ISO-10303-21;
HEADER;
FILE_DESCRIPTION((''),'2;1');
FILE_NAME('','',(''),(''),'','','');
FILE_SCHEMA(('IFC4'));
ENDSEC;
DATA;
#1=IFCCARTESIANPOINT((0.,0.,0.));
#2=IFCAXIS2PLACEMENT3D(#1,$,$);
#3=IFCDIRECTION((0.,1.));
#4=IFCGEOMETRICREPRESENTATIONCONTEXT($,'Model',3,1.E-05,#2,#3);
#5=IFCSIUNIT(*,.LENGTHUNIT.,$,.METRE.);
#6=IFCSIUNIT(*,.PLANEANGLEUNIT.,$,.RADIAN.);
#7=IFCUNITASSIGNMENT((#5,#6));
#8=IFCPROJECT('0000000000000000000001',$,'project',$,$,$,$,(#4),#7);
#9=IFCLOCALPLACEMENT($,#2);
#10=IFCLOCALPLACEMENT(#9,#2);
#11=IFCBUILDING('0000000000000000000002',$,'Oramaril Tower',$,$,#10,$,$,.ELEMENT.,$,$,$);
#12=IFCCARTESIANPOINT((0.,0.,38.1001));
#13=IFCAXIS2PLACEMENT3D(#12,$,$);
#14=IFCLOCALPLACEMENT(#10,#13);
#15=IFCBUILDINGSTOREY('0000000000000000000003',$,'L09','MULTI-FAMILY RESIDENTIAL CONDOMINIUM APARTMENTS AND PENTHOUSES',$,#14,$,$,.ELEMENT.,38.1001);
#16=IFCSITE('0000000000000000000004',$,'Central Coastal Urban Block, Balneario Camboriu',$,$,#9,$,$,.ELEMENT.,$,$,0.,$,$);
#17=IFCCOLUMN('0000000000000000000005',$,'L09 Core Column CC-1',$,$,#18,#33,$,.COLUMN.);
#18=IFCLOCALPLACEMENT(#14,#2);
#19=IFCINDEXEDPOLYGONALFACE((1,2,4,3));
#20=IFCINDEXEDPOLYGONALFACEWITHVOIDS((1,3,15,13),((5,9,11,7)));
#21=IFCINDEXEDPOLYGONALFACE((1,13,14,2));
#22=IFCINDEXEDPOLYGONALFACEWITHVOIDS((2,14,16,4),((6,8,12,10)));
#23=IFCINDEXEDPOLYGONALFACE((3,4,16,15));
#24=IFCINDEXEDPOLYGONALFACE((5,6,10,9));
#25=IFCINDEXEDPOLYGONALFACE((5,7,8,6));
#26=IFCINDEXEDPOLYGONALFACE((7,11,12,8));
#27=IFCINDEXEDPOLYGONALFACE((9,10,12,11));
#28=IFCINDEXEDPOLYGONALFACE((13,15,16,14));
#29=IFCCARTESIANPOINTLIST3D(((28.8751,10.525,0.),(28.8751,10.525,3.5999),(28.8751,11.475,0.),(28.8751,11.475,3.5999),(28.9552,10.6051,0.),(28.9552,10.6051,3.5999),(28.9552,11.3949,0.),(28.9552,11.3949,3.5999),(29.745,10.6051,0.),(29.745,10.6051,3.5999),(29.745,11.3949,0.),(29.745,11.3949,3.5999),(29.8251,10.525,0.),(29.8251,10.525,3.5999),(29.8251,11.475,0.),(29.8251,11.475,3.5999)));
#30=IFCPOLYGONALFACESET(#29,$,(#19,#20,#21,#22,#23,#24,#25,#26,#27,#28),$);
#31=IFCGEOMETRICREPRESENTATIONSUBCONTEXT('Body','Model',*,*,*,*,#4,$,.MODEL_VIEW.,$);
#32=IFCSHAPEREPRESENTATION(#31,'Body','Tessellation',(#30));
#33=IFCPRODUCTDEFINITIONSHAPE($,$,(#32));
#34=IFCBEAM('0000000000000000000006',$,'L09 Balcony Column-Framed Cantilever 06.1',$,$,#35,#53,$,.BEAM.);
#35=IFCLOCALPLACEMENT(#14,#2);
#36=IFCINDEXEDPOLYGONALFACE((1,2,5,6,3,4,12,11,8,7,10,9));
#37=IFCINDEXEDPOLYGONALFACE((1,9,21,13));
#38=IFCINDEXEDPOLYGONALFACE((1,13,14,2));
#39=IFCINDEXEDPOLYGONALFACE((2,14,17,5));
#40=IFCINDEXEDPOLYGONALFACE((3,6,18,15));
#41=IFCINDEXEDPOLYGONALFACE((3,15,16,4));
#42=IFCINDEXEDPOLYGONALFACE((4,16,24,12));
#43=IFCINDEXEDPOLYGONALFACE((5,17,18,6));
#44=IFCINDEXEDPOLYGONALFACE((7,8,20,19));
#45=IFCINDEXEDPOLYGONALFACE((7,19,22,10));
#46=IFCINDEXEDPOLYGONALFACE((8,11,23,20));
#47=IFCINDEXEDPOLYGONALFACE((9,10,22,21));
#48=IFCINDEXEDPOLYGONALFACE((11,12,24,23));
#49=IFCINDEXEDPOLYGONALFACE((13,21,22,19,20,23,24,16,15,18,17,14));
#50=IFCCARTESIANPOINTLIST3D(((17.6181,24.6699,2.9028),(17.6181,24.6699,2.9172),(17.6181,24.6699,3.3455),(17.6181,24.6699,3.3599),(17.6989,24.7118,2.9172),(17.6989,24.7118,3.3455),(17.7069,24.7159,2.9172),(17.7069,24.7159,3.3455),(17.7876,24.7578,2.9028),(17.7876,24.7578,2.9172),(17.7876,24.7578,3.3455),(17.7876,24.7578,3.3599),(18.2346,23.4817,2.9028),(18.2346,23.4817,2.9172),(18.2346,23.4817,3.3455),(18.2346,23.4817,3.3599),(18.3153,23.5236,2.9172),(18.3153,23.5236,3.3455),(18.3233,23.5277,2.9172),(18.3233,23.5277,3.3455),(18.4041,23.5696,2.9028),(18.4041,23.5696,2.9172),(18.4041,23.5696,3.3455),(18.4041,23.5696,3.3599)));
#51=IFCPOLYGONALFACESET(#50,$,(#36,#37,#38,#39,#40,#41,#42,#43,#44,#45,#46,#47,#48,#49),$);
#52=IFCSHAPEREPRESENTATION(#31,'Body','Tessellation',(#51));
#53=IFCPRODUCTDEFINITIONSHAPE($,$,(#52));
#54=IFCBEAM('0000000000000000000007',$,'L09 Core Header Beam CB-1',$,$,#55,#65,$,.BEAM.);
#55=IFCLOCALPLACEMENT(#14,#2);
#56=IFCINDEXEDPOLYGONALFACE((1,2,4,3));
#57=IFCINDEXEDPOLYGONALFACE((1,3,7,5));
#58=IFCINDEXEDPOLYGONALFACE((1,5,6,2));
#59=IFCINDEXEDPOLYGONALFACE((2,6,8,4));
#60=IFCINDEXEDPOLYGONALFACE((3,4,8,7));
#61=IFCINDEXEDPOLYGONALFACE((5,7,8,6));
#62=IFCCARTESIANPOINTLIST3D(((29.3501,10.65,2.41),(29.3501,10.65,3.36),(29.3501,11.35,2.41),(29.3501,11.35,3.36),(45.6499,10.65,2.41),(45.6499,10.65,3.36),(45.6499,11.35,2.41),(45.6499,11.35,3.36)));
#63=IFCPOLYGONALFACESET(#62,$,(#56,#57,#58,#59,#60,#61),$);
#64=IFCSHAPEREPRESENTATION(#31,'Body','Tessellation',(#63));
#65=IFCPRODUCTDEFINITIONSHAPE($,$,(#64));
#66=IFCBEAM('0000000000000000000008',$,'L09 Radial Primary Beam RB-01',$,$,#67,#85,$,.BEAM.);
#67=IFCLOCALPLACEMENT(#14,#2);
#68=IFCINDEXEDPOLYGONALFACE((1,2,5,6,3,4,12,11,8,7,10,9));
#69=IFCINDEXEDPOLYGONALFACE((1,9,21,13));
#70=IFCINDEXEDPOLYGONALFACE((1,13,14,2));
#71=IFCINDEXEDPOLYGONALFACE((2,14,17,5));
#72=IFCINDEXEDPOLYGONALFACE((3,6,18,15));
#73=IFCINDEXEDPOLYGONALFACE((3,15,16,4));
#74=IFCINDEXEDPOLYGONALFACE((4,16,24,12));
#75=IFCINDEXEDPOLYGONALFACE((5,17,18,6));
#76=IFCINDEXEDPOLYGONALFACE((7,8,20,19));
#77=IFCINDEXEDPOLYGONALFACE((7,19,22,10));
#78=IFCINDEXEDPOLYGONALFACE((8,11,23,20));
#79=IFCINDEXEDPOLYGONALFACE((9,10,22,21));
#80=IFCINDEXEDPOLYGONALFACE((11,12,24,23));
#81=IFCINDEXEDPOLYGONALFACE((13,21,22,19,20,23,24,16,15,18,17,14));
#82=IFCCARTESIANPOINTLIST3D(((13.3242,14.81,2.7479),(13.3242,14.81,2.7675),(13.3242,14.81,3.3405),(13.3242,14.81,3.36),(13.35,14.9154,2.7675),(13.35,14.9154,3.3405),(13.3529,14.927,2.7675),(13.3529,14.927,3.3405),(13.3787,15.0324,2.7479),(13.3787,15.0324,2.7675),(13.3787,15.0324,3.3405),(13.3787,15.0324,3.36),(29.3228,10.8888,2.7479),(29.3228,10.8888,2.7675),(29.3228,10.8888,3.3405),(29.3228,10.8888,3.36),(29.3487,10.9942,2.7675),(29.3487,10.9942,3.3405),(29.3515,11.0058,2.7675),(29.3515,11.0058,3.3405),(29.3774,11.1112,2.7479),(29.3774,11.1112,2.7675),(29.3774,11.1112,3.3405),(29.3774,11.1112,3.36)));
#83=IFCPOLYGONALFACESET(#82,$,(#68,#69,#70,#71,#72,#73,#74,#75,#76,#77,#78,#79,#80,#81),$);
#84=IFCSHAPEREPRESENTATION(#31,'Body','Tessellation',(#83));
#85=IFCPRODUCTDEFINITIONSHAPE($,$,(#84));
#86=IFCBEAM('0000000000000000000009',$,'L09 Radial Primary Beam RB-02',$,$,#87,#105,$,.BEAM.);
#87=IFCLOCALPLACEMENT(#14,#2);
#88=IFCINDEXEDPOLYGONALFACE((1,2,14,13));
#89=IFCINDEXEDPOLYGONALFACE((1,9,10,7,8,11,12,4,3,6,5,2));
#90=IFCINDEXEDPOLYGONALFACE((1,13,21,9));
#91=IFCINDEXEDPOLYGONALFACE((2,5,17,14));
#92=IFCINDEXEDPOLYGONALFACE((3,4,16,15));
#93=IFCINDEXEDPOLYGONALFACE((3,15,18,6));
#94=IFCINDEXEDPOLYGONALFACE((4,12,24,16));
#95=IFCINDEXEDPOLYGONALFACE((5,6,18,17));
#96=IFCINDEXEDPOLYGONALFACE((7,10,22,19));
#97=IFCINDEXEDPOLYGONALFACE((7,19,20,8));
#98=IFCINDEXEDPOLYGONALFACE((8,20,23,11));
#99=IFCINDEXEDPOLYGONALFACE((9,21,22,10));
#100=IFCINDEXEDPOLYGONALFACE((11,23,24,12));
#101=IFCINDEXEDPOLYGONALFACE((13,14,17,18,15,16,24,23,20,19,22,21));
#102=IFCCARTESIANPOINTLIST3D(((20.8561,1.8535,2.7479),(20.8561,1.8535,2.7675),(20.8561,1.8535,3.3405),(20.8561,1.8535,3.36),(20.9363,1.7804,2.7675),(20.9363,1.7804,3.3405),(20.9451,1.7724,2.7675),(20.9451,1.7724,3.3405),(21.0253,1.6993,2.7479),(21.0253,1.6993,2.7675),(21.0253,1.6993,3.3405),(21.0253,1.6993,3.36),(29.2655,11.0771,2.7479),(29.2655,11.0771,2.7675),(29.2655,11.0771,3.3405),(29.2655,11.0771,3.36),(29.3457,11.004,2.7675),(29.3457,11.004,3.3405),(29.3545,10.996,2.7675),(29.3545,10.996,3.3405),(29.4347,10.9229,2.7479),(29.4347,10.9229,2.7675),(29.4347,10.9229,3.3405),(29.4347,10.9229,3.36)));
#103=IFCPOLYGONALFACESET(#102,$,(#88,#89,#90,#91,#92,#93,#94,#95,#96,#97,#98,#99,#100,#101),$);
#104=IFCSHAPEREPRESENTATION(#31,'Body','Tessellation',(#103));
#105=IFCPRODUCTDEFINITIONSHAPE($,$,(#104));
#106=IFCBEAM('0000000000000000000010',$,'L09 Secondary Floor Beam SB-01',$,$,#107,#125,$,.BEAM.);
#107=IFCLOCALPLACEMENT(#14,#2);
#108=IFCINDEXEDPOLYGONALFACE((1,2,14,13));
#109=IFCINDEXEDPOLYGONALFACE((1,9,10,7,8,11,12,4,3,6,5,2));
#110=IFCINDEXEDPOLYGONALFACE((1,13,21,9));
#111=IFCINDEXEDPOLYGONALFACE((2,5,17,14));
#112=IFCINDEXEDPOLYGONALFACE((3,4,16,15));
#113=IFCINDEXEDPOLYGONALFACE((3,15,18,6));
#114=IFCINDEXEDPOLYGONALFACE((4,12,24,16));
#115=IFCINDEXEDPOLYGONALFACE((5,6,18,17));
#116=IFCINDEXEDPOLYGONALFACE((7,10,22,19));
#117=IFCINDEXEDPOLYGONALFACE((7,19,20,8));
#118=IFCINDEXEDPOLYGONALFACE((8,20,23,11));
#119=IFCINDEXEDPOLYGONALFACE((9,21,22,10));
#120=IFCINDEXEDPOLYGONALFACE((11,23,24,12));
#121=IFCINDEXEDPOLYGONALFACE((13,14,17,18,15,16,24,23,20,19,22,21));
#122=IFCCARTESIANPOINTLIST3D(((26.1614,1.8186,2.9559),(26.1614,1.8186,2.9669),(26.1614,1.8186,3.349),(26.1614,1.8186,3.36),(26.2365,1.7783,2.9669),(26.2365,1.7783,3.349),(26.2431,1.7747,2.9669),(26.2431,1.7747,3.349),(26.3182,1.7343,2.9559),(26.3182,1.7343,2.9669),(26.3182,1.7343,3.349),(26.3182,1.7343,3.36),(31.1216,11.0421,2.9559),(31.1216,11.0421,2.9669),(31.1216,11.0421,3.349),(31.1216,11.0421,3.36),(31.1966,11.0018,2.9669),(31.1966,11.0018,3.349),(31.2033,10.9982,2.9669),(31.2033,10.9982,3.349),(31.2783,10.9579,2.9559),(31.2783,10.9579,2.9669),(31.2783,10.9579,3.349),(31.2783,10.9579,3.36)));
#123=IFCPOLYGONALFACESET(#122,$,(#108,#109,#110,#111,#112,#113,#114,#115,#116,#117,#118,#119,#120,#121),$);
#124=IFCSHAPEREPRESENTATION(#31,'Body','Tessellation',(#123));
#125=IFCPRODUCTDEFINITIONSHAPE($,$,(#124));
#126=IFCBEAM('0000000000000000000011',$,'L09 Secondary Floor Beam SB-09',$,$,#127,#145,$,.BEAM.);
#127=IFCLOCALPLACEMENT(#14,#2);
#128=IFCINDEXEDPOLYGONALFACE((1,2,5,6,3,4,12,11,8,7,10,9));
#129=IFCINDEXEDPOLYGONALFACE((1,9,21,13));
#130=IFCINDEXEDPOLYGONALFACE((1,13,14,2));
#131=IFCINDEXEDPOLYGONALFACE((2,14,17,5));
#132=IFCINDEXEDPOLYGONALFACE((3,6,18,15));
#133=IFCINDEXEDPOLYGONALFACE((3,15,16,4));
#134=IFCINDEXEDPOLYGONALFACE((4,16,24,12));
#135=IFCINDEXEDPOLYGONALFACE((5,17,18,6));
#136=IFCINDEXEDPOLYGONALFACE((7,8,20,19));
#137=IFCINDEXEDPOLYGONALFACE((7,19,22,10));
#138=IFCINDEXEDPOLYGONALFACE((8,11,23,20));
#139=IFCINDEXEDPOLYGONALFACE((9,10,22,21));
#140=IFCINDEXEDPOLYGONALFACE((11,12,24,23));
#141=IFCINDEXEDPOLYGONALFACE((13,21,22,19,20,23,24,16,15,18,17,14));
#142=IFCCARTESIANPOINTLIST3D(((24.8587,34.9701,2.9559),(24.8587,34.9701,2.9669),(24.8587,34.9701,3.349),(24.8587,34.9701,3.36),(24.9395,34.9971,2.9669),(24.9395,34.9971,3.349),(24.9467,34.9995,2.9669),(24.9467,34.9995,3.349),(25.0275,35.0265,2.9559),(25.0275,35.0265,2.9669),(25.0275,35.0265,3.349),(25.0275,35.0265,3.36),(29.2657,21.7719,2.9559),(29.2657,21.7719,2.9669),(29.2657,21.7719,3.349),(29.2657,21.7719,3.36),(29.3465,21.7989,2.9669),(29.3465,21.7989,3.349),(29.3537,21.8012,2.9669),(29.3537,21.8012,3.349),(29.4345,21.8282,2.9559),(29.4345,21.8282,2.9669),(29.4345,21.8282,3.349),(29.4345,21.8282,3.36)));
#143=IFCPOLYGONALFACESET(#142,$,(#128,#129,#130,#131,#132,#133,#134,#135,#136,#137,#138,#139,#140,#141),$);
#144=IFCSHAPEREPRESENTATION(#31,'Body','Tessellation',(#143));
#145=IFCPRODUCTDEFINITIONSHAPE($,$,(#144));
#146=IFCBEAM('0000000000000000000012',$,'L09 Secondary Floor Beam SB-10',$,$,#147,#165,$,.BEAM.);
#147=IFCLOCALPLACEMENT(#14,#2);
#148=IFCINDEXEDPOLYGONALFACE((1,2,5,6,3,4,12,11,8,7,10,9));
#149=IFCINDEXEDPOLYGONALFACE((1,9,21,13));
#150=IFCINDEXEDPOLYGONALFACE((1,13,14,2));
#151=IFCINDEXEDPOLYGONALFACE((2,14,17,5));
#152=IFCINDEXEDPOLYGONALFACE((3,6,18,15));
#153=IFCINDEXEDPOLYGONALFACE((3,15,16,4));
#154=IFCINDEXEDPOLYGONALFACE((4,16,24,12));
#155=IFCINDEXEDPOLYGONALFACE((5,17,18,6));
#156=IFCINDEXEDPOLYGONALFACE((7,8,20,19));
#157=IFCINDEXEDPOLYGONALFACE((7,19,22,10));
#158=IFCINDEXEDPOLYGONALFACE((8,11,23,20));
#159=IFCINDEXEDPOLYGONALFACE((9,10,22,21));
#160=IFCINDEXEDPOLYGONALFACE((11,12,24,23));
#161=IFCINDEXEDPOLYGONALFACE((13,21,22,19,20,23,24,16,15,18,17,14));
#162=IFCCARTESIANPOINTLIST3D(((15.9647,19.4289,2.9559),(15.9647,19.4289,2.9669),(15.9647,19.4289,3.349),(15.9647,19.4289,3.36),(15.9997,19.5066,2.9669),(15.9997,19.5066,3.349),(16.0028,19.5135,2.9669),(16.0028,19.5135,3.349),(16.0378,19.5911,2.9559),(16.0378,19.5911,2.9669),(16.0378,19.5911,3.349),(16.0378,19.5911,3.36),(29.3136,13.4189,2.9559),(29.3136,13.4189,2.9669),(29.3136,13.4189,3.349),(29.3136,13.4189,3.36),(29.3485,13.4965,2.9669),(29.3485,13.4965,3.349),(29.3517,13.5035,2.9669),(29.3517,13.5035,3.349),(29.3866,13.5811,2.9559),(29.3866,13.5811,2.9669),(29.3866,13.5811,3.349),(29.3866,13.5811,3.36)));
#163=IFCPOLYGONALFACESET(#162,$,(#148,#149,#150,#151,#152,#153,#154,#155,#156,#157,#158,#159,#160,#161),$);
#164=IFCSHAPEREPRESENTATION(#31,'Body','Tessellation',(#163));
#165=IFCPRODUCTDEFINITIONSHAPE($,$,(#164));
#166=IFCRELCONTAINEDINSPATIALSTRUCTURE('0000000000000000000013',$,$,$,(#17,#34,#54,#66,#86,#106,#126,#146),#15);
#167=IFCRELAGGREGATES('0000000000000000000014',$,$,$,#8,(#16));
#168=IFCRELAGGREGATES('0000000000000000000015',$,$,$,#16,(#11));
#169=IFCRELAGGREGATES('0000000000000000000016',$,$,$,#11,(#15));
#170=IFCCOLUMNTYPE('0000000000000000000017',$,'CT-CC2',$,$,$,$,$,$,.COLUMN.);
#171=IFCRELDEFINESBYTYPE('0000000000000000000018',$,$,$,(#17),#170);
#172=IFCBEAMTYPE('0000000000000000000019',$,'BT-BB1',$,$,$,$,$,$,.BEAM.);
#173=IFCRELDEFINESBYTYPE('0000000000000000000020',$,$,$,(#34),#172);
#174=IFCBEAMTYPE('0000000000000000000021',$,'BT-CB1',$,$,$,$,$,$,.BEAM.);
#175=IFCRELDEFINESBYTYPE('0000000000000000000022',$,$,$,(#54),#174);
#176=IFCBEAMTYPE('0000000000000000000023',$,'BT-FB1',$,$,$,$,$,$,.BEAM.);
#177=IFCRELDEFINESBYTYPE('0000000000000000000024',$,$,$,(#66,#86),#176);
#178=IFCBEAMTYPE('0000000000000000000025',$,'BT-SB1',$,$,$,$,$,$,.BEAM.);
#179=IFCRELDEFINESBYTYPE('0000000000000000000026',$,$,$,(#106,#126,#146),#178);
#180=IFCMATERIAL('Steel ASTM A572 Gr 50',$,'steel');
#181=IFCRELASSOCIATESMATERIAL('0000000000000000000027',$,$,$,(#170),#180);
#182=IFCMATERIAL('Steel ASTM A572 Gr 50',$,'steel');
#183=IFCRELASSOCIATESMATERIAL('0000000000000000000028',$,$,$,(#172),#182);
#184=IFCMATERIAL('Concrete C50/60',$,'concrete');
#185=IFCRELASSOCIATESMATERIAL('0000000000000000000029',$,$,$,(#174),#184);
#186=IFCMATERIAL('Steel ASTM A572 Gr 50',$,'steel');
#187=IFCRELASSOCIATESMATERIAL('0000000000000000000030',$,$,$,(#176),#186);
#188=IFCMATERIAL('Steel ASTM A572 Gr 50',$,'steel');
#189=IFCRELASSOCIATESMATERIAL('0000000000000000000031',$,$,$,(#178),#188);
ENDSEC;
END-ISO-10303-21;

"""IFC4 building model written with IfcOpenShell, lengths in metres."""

from ifc_helpers import new_model, si_unit, direction, frame, origin, origin_2d, place, context, subcontext, project, spatial, rectangle, hollow_rectangle, i_section, extrude, material, material_profile, profile_set, type_object, element, save


model = new_model("IFC4")

# Units and contexts
model_context = context("Model", 3, precision=1e-05, world=origin(), true_north=direction((0.0, 1.0)))
body_context = subcontext(model_context, "Body", "Model", "MODEL_VIEW")
ifc_project = project(units=[si_unit("LENGTHUNIT", "METRE"), si_unit("PLANEANGLEUNIT", "RADIAN")], contexts=[model_context])

# Site, building, storey
site_placement = place(None, origin())
site = spatial("IfcSite", under=ifc_project, at=site_placement, Name="Central Coastal Urban Block, Balneario Camboriu", CompositionType="ELEMENT", RefElevation=0.0)
building_placement = place(site_placement, origin())
building = spatial("IfcBuilding", under=site, at=building_placement, Name="Oramaril Tower", CompositionType="ELEMENT")
storey_placement = place(building_placement, frame((0.0, 0.0, 38.1001)))
storey = spatial("IfcBuildingStorey", under=building, at=storey_placement, Name="L09", Description="MULTI-FAMILY RESIDENTIAL CONDOMINIUM APARTMENTS AND PENTHOUSES", CompositionType="ELEMENT", Elevation=38.1001)

# Column
ifc_material_1 = material(Name="Steel ASTM A572 Gr 50", Category="steel")
ifc_material_profile_1 = material_profile(ifc_material_1, hollow_rectangle(XDim=0.95, YDim=0.95, WallThickness=0.0801, at=origin_2d()), Name="BOX950X950X80")
ifc_profile_set_1 = profile_set([ifc_material_profile_1], Name="Steel ASTM A572 Gr 50")
column_type = type_object("IfcColumnType", Name="CT-CC2", PredefinedType="COLUMN", material=ifc_profile_set_1)
column_placement = place(storey_placement, frame((29.3501, 11.0, 0.0), z_axis=(0.0, 0.0, 1.0), x_axis=(1.0, 0.0, 0.0)))
element("IfcColumn", 1, at=column_placement, inside=storey, type_object=column_type, Name="L09 Core Column CC-1", PredefinedType="COLUMN", context=body_context, shape_type="SweptSolid", body=[
    extrude(hollow_rectangle(XDim=0.95, YDim=0.95, WallThickness=0.0801, at=origin_2d()), origin(), (0.0, 0.0, 1.0), 3.5999),
])

# Beams
ifc_material_2 = material(Name="Steel ASTM A572 Gr 50", Category="steel")
ifc_material_profile_2 = material_profile(ifc_material_2, i_section(OverallWidth=0.1909, OverallDepth=0.457, WebThickness=0.009, FlangeThickness=0.0144, at=origin_2d()), Name="W18X50")
ifc_profile_set_2 = profile_set([ifc_material_profile_2], Name="Steel ASTM A572 Gr 50")
beam_type_1 = type_object("IfcBeamType", Name="BT-BB1", PredefinedType="BEAM", material=ifc_profile_set_2)
beam_1_placement = place(storey_placement, frame((18.3193, 23.5256, 3.1313), z_axis=(-0.460514, 0.887652, 0.0), x_axis=(-0.887652, -0.460514, 0.0)))
element("IfcBeam", 2, at=beam_1_placement, inside=storey, type_object=beam_type_1, Name="L09 Balcony Column-Framed Cantilever 06.1", PredefinedType="BEAM", context=body_context, shape_type="SweptSolid", body=[
    extrude(i_section(OverallWidth=0.1909, OverallDepth=0.457, WebThickness=0.009, FlangeThickness=0.0144, at=origin_2d()), origin(), (0.0, 0.0, 1.0), 1.3386),
])
ifc_material_3 = material(Name="Concrete C50/60", Category="concrete")
ifc_material_profile_3 = material_profile(ifc_material_3, rectangle(XDim=0.7, YDim=0.95, at=origin_2d()), Name="CB700X950")
ifc_profile_set_3 = profile_set([ifc_material_profile_3], Name="Concrete C50/60")
beam_type_2 = type_object("IfcBeamType", Name="BT-CB1", PredefinedType="BEAM", material=ifc_profile_set_3)
beam_2_placement = place(storey_placement, frame((29.3501, 11.0, 2.885), z_axis=(1.0, 0.0, 0.0), x_axis=(0.0, 1.0, 0.0)))
element("IfcBeam", 3, at=beam_2_placement, inside=storey, type_object=beam_type_2, Name="L09 Core Header Beam CB-1", PredefinedType="BEAM", context=body_context, shape_type="SweptSolid", body=[
    extrude(rectangle(XDim=0.7, YDim=0.95, at=origin_2d()), origin(), (0.0, 0.0, 1.0), 16.2998),
])
ifc_material_4 = material(Name="Steel ASTM A572 Gr 50", Category="steel")
ifc_material_profile_4 = material_profile(ifc_material_4, i_section(OverallWidth=0.229, OverallDepth=0.6121, WebThickness=0.012, FlangeThickness=0.0195, at=origin_2d()), Name="W24X84")
ifc_profile_set_4 = profile_set([ifc_material_profile_4], Name="Steel ASTM A572 Gr 50")
beam_type_3 = type_object("IfcBeamType", Name="BT-FB1", PredefinedType="BEAM", material=ifc_profile_set_4)
beam_3_placement = place(storey_placement, frame((29.3501, 11.0, 3.054), z_axis=(-0.971253, 0.238048, 0.0), x_axis=(-0.238048, -0.971253, 0.0)))
element("IfcBeam", 4, at=beam_3_placement, inside=storey, type_object=beam_type_3, Name="L09 Radial Primary Beam RB-01", PredefinedType="BEAM", context=body_context, shape_type="SweptSolid", body=[
    extrude(i_section(OverallWidth=0.229, OverallDepth=0.6121, WebThickness=0.012, FlangeThickness=0.0195, at=origin_2d()), origin(), (0.0, 0.0, 1.0), 16.4722),
])
beam_4_placement = place(storey_placement, frame((29.3501, 11.0, 3.054), z_axis=(-0.673738, -0.73897, 0.0), x_axis=(0.73897, -0.673738, 0.0)))
element("IfcBeam", 5, at=beam_4_placement, inside=storey, type_object=beam_type_3, Name="L09 Radial Primary Beam RB-02", PredefinedType="BEAM", context=body_context, shape_type="SweptSolid", body=[
    extrude(i_section(OverallWidth=0.229, OverallDepth=0.6121, WebThickness=0.012, FlangeThickness=0.0195, at=origin_2d()), origin(), (0.0, 0.0, 1.0), 12.4817),
])
ifc_material_5 = material(Name="Steel ASTM A572 Gr 50", Category="steel")
ifc_material_profile_5 = material_profile(ifc_material_5, i_section(OverallWidth=0.178, OverallDepth=0.4041, WebThickness=0.0076, FlangeThickness=0.011, at=origin_2d()), Name="W16X36")
ifc_profile_set_5 = profile_set([ifc_material_profile_5], Name="Steel ASTM A572 Gr 50")
beam_type_4 = type_object("IfcBeamType", Name="BT-SB1", PredefinedType="BEAM", material=ifc_profile_set_5)
beam_5_placement = place(storey_placement, frame((31.2, 11.0, 3.158), z_axis=(-0.473628, -0.880725, 0.0), x_axis=(0.880725, -0.473628, 0.0)))
element("IfcBeam", 6, at=beam_5_placement, inside=storey, type_object=beam_type_4, Name="L09 Secondary Floor Beam SB-01", PredefinedType="BEAM", context=body_context, shape_type="SweptSolid", body=[
    extrude(i_section(OverallWidth=0.178, OverallDepth=0.4041, WebThickness=0.0076, FlangeThickness=0.011, at=origin_2d()), origin(), (0.0, 0.0, 1.0), 10.4727),
])
beam_6_placement = place(storey_placement, frame((29.3501, 21.8, 3.158), z_axis=(-0.316717, 0.94852, 0.0), x_axis=(-0.94852, -0.316717, 0.0)))
element("IfcBeam", 7, at=beam_6_placement, inside=storey, type_object=beam_type_4, Name="L09 Secondary Floor Beam SB-09", PredefinedType="BEAM", context=body_context, shape_type="SweptSolid", body=[
    extrude(i_section(OverallWidth=0.178, OverallDepth=0.4041, WebThickness=0.0076, FlangeThickness=0.011, at=origin_2d()), origin(), (0.0, 0.0, 1.0), 13.9146),
])
beam_7_placement = place(storey_placement, frame((29.3501, 13.5, 3.158), z_axis=(-0.911844, 0.410536, 0.0), x_axis=(-0.410536, -0.911844, 0.0)))
element("IfcBeam", 8, at=beam_7_placement, inside=storey, type_object=beam_type_4, Name="L09 Secondary Floor Beam SB-10", PredefinedType="BEAM", context=body_context, shape_type="SweptSolid", body=[
    extrude(i_section(OverallWidth=0.178, OverallDepth=0.4041, WebThickness=0.0076, FlangeThickness=0.011, at=origin_2d()), origin(), (0.0, 0.0, 1.0), 14.6394),
])

save(model, "model.ifc")
